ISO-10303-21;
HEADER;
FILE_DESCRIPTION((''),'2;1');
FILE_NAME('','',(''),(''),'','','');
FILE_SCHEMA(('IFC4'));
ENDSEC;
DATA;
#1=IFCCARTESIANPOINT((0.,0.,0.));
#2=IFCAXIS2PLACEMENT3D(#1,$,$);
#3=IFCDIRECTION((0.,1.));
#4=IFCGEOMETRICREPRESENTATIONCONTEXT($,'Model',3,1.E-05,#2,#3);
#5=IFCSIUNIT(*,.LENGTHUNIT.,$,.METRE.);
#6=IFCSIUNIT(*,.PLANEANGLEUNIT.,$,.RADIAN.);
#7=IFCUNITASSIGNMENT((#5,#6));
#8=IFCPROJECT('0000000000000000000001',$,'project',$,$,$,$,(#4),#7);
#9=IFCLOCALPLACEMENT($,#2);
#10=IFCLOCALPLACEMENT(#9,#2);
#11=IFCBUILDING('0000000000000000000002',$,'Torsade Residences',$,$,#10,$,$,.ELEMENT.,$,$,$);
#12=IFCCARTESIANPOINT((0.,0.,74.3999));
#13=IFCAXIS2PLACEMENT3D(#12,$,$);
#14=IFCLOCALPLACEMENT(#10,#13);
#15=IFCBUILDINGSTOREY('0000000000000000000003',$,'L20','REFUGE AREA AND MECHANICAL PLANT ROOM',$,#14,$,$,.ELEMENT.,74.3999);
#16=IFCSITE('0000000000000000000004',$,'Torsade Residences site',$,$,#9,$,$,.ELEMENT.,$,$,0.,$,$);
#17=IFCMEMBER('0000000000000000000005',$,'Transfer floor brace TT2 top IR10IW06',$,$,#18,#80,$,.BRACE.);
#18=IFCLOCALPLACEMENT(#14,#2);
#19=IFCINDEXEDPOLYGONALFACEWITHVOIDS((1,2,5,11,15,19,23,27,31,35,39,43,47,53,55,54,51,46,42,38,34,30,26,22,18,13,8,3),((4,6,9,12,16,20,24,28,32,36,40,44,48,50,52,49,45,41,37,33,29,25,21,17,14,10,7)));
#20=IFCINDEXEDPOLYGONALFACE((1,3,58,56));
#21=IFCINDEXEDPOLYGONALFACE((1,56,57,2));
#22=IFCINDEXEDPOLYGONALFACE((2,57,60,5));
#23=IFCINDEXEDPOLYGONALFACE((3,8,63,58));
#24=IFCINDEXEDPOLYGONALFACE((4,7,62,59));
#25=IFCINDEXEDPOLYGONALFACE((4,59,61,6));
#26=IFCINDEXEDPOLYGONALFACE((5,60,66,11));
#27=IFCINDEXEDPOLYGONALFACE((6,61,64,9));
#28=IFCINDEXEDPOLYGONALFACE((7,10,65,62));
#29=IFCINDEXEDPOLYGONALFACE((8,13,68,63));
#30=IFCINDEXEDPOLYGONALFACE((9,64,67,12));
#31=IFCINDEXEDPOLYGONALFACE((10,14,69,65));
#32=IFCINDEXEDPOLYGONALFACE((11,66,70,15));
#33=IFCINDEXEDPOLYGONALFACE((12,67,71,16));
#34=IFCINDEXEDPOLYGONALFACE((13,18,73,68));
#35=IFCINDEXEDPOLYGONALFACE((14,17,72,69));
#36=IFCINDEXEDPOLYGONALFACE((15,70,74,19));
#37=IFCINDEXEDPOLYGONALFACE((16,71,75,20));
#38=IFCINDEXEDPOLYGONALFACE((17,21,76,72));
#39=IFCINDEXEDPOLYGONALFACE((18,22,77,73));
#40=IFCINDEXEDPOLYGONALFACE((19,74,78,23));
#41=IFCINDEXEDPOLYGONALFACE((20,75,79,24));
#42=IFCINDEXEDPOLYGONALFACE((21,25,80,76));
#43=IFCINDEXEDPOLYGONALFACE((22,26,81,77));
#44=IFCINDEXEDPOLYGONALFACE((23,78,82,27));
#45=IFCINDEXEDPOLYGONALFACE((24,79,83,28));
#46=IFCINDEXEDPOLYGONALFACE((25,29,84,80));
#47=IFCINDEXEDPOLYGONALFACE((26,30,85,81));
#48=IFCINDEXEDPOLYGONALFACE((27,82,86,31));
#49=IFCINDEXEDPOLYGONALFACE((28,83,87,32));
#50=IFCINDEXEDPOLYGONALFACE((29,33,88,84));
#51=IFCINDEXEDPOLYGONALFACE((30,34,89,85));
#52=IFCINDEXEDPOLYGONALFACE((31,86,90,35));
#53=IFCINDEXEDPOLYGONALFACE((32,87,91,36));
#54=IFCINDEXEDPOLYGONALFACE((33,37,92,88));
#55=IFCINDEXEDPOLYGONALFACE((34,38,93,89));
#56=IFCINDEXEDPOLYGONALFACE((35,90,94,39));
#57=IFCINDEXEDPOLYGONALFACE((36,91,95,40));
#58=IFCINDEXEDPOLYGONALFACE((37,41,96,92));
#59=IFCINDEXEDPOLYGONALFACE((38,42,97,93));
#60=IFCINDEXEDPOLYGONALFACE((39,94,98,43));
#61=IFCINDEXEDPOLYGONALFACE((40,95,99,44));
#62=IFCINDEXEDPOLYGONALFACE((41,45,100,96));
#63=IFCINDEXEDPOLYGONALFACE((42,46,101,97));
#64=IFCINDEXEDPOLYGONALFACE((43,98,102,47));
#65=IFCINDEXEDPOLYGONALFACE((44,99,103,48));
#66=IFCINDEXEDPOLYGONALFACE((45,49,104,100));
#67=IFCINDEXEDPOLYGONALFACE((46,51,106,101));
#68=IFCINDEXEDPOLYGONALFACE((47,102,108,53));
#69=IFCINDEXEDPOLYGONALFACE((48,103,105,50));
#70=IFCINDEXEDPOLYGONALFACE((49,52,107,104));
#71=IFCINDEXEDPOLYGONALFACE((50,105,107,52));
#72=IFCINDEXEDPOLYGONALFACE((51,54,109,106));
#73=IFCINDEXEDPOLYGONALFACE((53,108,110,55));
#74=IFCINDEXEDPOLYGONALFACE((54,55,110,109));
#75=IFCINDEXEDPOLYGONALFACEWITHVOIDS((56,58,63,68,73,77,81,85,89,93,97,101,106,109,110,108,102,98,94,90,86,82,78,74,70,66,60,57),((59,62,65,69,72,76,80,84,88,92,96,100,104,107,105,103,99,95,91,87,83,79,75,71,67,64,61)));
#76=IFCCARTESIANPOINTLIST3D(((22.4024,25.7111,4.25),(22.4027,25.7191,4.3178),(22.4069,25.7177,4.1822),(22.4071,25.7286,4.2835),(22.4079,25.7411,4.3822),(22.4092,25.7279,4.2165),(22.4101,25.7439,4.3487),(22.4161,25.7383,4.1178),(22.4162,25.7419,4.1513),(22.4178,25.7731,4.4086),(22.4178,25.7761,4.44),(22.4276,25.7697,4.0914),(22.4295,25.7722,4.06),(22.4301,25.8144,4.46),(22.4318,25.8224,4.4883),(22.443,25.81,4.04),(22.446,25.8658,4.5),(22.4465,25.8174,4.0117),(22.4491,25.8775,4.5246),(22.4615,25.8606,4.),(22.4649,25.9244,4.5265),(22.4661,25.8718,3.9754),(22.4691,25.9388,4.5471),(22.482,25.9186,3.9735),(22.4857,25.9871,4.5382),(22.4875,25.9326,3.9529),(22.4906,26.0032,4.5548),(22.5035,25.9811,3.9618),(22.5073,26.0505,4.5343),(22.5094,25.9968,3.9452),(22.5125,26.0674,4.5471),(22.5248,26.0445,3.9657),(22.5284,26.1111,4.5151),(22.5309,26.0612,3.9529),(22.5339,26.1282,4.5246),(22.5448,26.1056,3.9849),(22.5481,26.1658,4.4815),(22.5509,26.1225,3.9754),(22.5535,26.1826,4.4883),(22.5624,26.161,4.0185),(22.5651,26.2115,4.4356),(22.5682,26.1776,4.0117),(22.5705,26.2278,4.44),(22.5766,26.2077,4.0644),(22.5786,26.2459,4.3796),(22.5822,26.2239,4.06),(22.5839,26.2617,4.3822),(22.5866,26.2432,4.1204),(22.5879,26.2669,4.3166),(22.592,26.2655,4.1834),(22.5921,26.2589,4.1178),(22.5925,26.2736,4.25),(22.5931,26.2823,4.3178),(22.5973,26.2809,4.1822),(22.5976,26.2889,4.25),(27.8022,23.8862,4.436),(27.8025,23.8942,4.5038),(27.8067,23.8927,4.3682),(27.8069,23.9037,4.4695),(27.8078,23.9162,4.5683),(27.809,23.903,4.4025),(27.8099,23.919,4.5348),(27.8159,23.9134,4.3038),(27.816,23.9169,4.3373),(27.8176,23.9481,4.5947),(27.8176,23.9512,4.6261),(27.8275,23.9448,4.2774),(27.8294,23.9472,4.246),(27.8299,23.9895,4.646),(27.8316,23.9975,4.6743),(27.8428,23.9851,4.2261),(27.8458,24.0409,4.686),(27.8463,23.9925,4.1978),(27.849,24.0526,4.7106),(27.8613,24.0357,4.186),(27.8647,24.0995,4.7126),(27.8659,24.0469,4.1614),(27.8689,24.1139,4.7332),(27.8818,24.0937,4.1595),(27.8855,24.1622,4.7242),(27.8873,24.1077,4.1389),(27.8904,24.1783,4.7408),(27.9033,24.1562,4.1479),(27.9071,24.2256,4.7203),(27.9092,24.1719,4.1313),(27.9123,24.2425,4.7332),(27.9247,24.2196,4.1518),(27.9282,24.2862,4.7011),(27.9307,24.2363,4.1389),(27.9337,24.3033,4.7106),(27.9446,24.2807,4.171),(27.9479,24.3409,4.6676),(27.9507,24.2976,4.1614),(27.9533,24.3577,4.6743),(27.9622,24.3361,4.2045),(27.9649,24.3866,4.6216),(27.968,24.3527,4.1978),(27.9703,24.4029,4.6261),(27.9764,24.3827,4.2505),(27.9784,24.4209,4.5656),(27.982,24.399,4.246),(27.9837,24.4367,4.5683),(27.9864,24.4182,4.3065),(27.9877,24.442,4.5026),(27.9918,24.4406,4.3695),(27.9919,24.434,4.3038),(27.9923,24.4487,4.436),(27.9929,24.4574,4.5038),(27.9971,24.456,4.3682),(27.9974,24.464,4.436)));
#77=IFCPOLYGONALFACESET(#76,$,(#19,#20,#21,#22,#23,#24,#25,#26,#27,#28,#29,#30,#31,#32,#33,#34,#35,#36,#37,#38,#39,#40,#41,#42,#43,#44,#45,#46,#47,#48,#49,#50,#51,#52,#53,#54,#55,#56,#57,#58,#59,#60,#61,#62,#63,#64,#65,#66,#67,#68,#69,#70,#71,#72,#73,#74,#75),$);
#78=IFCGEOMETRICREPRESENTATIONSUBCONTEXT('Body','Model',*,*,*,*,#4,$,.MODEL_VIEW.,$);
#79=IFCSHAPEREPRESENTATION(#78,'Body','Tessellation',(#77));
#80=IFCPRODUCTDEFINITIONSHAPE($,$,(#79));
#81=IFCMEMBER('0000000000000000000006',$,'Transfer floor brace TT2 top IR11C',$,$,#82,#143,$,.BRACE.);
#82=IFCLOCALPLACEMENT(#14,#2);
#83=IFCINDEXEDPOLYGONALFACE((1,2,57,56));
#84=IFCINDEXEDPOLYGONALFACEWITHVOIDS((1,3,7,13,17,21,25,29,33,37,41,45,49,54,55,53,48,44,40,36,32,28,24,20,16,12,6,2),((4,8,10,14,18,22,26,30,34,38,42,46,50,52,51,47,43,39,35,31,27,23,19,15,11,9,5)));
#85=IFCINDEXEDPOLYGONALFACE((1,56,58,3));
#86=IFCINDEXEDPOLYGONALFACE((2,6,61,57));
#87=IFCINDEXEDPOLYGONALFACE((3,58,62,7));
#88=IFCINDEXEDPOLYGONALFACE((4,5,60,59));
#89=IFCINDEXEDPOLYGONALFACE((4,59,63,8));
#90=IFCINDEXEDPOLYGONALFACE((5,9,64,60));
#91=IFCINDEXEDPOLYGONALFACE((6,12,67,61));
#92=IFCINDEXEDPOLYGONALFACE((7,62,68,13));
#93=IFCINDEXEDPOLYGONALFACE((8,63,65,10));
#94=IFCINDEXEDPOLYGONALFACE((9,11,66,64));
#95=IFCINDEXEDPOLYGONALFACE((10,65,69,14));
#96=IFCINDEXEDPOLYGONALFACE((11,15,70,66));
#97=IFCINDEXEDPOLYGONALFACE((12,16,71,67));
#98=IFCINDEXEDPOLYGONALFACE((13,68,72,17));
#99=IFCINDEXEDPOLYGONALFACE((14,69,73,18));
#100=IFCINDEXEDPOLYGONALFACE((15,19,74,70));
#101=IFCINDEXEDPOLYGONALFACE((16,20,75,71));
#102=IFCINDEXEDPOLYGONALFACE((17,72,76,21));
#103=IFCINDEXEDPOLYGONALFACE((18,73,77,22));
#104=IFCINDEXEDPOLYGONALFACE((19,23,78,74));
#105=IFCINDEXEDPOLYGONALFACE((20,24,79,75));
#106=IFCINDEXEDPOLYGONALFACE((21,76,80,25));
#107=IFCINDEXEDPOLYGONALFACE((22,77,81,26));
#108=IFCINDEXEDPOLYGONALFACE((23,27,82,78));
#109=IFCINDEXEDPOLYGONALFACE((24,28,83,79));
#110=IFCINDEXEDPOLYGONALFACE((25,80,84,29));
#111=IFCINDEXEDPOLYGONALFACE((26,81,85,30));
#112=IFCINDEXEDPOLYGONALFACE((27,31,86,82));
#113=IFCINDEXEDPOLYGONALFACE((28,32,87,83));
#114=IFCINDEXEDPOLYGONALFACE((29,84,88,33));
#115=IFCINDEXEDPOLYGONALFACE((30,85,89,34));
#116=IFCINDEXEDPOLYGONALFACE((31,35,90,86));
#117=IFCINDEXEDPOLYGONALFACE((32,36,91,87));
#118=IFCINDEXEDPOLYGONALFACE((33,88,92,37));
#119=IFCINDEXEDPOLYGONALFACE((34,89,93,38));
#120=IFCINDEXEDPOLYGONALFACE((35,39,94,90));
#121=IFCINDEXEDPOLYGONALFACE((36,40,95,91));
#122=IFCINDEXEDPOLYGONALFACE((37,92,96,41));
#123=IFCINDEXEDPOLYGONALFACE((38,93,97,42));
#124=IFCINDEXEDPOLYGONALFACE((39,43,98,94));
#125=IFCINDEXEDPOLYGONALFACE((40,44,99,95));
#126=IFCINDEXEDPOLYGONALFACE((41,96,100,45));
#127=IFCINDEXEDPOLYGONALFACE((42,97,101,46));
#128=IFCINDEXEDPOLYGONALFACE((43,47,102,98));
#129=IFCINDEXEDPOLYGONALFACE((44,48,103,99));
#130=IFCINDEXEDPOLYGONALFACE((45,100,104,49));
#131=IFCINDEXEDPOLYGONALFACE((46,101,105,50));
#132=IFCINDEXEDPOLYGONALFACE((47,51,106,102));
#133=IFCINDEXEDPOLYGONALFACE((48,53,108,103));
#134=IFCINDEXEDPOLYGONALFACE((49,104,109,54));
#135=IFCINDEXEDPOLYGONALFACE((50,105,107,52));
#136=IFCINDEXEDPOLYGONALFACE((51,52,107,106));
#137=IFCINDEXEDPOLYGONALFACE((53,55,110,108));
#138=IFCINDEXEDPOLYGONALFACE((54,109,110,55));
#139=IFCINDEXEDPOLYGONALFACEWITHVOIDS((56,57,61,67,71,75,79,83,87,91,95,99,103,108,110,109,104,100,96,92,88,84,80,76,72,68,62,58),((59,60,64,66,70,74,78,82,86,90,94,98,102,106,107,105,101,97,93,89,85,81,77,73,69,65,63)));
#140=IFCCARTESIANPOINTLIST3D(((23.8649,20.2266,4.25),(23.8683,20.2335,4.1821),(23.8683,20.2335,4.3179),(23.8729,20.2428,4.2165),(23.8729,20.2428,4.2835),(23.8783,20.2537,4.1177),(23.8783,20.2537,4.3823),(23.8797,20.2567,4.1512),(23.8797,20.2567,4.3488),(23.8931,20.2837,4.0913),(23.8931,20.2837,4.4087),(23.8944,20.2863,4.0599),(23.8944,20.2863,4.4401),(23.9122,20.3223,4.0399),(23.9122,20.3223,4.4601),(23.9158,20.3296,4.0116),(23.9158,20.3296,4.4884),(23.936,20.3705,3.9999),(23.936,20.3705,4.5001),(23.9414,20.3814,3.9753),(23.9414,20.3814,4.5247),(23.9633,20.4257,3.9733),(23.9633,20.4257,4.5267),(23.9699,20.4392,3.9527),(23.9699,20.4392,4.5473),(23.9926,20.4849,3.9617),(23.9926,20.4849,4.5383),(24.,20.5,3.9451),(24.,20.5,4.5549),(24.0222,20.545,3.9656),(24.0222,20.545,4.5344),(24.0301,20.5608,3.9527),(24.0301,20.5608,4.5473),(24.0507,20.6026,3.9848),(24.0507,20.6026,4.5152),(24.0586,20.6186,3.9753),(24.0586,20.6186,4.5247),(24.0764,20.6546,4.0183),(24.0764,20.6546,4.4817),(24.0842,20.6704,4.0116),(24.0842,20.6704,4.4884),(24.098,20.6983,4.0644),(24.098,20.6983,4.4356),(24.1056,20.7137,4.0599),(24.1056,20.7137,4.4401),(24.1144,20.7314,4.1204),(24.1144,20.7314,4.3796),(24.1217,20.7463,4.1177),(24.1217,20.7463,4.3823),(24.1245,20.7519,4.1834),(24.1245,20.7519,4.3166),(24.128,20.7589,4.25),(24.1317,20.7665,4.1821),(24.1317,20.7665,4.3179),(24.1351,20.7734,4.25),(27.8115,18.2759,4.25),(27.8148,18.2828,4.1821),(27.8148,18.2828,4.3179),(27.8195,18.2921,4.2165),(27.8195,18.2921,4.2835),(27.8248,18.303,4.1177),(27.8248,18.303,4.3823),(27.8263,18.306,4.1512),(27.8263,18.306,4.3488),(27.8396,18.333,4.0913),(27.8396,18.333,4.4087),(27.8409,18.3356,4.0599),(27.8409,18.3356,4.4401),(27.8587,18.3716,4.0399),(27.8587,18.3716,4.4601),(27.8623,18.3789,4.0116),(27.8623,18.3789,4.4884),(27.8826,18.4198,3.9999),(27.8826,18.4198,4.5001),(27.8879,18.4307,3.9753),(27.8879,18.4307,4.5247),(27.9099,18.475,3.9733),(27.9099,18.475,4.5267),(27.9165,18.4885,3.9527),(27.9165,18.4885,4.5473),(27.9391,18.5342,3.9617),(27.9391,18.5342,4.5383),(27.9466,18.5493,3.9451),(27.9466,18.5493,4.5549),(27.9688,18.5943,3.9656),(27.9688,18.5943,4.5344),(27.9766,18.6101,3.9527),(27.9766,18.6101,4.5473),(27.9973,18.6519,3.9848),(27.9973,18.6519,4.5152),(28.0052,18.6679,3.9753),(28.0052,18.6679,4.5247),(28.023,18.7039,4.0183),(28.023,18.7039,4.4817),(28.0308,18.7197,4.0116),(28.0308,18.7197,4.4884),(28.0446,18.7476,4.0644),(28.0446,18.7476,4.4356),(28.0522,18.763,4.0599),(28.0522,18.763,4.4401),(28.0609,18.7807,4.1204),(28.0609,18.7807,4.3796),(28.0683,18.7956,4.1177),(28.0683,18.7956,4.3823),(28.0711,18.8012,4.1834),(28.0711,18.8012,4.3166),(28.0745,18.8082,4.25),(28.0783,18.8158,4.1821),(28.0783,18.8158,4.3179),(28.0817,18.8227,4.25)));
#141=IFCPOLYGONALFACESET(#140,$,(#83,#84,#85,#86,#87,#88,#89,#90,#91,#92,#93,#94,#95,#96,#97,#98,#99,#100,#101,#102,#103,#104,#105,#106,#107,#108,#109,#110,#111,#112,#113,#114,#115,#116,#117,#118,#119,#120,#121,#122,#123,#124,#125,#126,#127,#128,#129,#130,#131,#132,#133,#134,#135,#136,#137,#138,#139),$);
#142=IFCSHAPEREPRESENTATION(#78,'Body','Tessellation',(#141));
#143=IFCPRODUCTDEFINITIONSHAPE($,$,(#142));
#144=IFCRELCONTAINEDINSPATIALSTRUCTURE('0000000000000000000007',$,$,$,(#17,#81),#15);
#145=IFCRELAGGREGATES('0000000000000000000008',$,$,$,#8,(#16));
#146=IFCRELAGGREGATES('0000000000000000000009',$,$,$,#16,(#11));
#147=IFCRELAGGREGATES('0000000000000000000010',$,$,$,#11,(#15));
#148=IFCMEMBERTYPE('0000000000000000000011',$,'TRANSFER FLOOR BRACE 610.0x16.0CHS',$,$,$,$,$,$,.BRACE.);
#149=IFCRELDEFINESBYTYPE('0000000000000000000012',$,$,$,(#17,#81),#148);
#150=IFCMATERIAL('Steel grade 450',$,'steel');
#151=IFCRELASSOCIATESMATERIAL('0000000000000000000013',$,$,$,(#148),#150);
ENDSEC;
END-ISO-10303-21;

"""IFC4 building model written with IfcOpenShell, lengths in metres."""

from ifc_helpers import new_model, si_unit, direction, frame, origin, origin_2d, place, context, subcontext, project, spatial, hollow_circle, extrude, material, material_profile, profile_set, type_object, element, save


model = new_model("IFC4")

# Units and contexts
model_context = context("Model", 3, precision=1e-05, world=origin(), true_north=direction((0.0, 1.0)))
body_context = subcontext(model_context, "Body", "Model", "MODEL_VIEW")
ifc_project = project(units=[si_unit("LENGTHUNIT", "METRE"), si_unit("PLANEANGLEUNIT", "RADIAN")], contexts=[model_context])

# Site, building, storey
site_placement = place(None, origin())
site = spatial("IfcSite", under=ifc_project, at=site_placement, Name="Torsade Residences site", CompositionType="ELEMENT", RefElevation=0.0)
building_placement = place(site_placement, origin())
building = spatial("IfcBuilding", under=site, at=building_placement, Name="Torsade Residences", CompositionType="ELEMENT")
storey_placement = place(building_placement, frame((0.0, 0.0, 74.3999)))
storey = spatial("IfcBuildingStorey", under=building, at=storey_placement, Name="L20", Description="REFUGE AREA AND MECHANICAL PLANT ROOM", CompositionType="ELEMENT", Elevation=74.3999)

# Members
ifc_material_1 = material(Name="Steel grade 450", Category="steel")
ifc_material_profile_1 = material_profile(ifc_material_1, hollow_circle(Radius=0.3049, WallThickness=0.0161, at=origin_2d()), Name="610.0x16.0CHS")
ifc_profile_set_1 = profile_set([ifc_material_profile_1], Name="Steel grade 450")
member_type_1 = type_object("IfcMemberType", Name="TRANSFER FLOOR BRACE 610.0x16.0CHS", PredefinedType="BRACE", material=ifc_profile_set_1)
member_1_placement = place(storey_placement, frame((22.5, 26.0, 4.25), z_axis=(0.946856, -0.319999, 0.032621), x_axis=(0.32017, 0.94736, 0.0)))
element("IfcMember", 1, at=member_1_placement, inside=storey, type_object=member_type_1, Name="Transfer floor brace TT2 top IR10IW06", PredefinedType="BRACE", context=body_context, shape_type="SweptSolid", body=[
    extrude(hollow_circle(Radius=0.3049, WallThickness=0.0161, at=origin_2d()), origin(), (0.0, 0.0, 1.0), 5.7029),
])
member_2_placement = place(storey_placement, frame((24.0, 20.5, 4.25), z_axis=(0.89647, -0.443105, 0.0), x_axis=(0.443105, 0.89647, 0.0)))
element("IfcMember", 2, at=member_2_placement, inside=storey, type_object=member_type_1, Name="Transfer floor brace TT2 top IR11C", PredefinedType="BRACE", context=body_context, shape_type="SweptSolid", body=[
    extrude(hollow_circle(Radius=0.3049, WallThickness=0.0161, at=origin_2d()), origin(), (0.0, 0.0, 1.0), 4.4023),
])

save(model, "model.ifc")
